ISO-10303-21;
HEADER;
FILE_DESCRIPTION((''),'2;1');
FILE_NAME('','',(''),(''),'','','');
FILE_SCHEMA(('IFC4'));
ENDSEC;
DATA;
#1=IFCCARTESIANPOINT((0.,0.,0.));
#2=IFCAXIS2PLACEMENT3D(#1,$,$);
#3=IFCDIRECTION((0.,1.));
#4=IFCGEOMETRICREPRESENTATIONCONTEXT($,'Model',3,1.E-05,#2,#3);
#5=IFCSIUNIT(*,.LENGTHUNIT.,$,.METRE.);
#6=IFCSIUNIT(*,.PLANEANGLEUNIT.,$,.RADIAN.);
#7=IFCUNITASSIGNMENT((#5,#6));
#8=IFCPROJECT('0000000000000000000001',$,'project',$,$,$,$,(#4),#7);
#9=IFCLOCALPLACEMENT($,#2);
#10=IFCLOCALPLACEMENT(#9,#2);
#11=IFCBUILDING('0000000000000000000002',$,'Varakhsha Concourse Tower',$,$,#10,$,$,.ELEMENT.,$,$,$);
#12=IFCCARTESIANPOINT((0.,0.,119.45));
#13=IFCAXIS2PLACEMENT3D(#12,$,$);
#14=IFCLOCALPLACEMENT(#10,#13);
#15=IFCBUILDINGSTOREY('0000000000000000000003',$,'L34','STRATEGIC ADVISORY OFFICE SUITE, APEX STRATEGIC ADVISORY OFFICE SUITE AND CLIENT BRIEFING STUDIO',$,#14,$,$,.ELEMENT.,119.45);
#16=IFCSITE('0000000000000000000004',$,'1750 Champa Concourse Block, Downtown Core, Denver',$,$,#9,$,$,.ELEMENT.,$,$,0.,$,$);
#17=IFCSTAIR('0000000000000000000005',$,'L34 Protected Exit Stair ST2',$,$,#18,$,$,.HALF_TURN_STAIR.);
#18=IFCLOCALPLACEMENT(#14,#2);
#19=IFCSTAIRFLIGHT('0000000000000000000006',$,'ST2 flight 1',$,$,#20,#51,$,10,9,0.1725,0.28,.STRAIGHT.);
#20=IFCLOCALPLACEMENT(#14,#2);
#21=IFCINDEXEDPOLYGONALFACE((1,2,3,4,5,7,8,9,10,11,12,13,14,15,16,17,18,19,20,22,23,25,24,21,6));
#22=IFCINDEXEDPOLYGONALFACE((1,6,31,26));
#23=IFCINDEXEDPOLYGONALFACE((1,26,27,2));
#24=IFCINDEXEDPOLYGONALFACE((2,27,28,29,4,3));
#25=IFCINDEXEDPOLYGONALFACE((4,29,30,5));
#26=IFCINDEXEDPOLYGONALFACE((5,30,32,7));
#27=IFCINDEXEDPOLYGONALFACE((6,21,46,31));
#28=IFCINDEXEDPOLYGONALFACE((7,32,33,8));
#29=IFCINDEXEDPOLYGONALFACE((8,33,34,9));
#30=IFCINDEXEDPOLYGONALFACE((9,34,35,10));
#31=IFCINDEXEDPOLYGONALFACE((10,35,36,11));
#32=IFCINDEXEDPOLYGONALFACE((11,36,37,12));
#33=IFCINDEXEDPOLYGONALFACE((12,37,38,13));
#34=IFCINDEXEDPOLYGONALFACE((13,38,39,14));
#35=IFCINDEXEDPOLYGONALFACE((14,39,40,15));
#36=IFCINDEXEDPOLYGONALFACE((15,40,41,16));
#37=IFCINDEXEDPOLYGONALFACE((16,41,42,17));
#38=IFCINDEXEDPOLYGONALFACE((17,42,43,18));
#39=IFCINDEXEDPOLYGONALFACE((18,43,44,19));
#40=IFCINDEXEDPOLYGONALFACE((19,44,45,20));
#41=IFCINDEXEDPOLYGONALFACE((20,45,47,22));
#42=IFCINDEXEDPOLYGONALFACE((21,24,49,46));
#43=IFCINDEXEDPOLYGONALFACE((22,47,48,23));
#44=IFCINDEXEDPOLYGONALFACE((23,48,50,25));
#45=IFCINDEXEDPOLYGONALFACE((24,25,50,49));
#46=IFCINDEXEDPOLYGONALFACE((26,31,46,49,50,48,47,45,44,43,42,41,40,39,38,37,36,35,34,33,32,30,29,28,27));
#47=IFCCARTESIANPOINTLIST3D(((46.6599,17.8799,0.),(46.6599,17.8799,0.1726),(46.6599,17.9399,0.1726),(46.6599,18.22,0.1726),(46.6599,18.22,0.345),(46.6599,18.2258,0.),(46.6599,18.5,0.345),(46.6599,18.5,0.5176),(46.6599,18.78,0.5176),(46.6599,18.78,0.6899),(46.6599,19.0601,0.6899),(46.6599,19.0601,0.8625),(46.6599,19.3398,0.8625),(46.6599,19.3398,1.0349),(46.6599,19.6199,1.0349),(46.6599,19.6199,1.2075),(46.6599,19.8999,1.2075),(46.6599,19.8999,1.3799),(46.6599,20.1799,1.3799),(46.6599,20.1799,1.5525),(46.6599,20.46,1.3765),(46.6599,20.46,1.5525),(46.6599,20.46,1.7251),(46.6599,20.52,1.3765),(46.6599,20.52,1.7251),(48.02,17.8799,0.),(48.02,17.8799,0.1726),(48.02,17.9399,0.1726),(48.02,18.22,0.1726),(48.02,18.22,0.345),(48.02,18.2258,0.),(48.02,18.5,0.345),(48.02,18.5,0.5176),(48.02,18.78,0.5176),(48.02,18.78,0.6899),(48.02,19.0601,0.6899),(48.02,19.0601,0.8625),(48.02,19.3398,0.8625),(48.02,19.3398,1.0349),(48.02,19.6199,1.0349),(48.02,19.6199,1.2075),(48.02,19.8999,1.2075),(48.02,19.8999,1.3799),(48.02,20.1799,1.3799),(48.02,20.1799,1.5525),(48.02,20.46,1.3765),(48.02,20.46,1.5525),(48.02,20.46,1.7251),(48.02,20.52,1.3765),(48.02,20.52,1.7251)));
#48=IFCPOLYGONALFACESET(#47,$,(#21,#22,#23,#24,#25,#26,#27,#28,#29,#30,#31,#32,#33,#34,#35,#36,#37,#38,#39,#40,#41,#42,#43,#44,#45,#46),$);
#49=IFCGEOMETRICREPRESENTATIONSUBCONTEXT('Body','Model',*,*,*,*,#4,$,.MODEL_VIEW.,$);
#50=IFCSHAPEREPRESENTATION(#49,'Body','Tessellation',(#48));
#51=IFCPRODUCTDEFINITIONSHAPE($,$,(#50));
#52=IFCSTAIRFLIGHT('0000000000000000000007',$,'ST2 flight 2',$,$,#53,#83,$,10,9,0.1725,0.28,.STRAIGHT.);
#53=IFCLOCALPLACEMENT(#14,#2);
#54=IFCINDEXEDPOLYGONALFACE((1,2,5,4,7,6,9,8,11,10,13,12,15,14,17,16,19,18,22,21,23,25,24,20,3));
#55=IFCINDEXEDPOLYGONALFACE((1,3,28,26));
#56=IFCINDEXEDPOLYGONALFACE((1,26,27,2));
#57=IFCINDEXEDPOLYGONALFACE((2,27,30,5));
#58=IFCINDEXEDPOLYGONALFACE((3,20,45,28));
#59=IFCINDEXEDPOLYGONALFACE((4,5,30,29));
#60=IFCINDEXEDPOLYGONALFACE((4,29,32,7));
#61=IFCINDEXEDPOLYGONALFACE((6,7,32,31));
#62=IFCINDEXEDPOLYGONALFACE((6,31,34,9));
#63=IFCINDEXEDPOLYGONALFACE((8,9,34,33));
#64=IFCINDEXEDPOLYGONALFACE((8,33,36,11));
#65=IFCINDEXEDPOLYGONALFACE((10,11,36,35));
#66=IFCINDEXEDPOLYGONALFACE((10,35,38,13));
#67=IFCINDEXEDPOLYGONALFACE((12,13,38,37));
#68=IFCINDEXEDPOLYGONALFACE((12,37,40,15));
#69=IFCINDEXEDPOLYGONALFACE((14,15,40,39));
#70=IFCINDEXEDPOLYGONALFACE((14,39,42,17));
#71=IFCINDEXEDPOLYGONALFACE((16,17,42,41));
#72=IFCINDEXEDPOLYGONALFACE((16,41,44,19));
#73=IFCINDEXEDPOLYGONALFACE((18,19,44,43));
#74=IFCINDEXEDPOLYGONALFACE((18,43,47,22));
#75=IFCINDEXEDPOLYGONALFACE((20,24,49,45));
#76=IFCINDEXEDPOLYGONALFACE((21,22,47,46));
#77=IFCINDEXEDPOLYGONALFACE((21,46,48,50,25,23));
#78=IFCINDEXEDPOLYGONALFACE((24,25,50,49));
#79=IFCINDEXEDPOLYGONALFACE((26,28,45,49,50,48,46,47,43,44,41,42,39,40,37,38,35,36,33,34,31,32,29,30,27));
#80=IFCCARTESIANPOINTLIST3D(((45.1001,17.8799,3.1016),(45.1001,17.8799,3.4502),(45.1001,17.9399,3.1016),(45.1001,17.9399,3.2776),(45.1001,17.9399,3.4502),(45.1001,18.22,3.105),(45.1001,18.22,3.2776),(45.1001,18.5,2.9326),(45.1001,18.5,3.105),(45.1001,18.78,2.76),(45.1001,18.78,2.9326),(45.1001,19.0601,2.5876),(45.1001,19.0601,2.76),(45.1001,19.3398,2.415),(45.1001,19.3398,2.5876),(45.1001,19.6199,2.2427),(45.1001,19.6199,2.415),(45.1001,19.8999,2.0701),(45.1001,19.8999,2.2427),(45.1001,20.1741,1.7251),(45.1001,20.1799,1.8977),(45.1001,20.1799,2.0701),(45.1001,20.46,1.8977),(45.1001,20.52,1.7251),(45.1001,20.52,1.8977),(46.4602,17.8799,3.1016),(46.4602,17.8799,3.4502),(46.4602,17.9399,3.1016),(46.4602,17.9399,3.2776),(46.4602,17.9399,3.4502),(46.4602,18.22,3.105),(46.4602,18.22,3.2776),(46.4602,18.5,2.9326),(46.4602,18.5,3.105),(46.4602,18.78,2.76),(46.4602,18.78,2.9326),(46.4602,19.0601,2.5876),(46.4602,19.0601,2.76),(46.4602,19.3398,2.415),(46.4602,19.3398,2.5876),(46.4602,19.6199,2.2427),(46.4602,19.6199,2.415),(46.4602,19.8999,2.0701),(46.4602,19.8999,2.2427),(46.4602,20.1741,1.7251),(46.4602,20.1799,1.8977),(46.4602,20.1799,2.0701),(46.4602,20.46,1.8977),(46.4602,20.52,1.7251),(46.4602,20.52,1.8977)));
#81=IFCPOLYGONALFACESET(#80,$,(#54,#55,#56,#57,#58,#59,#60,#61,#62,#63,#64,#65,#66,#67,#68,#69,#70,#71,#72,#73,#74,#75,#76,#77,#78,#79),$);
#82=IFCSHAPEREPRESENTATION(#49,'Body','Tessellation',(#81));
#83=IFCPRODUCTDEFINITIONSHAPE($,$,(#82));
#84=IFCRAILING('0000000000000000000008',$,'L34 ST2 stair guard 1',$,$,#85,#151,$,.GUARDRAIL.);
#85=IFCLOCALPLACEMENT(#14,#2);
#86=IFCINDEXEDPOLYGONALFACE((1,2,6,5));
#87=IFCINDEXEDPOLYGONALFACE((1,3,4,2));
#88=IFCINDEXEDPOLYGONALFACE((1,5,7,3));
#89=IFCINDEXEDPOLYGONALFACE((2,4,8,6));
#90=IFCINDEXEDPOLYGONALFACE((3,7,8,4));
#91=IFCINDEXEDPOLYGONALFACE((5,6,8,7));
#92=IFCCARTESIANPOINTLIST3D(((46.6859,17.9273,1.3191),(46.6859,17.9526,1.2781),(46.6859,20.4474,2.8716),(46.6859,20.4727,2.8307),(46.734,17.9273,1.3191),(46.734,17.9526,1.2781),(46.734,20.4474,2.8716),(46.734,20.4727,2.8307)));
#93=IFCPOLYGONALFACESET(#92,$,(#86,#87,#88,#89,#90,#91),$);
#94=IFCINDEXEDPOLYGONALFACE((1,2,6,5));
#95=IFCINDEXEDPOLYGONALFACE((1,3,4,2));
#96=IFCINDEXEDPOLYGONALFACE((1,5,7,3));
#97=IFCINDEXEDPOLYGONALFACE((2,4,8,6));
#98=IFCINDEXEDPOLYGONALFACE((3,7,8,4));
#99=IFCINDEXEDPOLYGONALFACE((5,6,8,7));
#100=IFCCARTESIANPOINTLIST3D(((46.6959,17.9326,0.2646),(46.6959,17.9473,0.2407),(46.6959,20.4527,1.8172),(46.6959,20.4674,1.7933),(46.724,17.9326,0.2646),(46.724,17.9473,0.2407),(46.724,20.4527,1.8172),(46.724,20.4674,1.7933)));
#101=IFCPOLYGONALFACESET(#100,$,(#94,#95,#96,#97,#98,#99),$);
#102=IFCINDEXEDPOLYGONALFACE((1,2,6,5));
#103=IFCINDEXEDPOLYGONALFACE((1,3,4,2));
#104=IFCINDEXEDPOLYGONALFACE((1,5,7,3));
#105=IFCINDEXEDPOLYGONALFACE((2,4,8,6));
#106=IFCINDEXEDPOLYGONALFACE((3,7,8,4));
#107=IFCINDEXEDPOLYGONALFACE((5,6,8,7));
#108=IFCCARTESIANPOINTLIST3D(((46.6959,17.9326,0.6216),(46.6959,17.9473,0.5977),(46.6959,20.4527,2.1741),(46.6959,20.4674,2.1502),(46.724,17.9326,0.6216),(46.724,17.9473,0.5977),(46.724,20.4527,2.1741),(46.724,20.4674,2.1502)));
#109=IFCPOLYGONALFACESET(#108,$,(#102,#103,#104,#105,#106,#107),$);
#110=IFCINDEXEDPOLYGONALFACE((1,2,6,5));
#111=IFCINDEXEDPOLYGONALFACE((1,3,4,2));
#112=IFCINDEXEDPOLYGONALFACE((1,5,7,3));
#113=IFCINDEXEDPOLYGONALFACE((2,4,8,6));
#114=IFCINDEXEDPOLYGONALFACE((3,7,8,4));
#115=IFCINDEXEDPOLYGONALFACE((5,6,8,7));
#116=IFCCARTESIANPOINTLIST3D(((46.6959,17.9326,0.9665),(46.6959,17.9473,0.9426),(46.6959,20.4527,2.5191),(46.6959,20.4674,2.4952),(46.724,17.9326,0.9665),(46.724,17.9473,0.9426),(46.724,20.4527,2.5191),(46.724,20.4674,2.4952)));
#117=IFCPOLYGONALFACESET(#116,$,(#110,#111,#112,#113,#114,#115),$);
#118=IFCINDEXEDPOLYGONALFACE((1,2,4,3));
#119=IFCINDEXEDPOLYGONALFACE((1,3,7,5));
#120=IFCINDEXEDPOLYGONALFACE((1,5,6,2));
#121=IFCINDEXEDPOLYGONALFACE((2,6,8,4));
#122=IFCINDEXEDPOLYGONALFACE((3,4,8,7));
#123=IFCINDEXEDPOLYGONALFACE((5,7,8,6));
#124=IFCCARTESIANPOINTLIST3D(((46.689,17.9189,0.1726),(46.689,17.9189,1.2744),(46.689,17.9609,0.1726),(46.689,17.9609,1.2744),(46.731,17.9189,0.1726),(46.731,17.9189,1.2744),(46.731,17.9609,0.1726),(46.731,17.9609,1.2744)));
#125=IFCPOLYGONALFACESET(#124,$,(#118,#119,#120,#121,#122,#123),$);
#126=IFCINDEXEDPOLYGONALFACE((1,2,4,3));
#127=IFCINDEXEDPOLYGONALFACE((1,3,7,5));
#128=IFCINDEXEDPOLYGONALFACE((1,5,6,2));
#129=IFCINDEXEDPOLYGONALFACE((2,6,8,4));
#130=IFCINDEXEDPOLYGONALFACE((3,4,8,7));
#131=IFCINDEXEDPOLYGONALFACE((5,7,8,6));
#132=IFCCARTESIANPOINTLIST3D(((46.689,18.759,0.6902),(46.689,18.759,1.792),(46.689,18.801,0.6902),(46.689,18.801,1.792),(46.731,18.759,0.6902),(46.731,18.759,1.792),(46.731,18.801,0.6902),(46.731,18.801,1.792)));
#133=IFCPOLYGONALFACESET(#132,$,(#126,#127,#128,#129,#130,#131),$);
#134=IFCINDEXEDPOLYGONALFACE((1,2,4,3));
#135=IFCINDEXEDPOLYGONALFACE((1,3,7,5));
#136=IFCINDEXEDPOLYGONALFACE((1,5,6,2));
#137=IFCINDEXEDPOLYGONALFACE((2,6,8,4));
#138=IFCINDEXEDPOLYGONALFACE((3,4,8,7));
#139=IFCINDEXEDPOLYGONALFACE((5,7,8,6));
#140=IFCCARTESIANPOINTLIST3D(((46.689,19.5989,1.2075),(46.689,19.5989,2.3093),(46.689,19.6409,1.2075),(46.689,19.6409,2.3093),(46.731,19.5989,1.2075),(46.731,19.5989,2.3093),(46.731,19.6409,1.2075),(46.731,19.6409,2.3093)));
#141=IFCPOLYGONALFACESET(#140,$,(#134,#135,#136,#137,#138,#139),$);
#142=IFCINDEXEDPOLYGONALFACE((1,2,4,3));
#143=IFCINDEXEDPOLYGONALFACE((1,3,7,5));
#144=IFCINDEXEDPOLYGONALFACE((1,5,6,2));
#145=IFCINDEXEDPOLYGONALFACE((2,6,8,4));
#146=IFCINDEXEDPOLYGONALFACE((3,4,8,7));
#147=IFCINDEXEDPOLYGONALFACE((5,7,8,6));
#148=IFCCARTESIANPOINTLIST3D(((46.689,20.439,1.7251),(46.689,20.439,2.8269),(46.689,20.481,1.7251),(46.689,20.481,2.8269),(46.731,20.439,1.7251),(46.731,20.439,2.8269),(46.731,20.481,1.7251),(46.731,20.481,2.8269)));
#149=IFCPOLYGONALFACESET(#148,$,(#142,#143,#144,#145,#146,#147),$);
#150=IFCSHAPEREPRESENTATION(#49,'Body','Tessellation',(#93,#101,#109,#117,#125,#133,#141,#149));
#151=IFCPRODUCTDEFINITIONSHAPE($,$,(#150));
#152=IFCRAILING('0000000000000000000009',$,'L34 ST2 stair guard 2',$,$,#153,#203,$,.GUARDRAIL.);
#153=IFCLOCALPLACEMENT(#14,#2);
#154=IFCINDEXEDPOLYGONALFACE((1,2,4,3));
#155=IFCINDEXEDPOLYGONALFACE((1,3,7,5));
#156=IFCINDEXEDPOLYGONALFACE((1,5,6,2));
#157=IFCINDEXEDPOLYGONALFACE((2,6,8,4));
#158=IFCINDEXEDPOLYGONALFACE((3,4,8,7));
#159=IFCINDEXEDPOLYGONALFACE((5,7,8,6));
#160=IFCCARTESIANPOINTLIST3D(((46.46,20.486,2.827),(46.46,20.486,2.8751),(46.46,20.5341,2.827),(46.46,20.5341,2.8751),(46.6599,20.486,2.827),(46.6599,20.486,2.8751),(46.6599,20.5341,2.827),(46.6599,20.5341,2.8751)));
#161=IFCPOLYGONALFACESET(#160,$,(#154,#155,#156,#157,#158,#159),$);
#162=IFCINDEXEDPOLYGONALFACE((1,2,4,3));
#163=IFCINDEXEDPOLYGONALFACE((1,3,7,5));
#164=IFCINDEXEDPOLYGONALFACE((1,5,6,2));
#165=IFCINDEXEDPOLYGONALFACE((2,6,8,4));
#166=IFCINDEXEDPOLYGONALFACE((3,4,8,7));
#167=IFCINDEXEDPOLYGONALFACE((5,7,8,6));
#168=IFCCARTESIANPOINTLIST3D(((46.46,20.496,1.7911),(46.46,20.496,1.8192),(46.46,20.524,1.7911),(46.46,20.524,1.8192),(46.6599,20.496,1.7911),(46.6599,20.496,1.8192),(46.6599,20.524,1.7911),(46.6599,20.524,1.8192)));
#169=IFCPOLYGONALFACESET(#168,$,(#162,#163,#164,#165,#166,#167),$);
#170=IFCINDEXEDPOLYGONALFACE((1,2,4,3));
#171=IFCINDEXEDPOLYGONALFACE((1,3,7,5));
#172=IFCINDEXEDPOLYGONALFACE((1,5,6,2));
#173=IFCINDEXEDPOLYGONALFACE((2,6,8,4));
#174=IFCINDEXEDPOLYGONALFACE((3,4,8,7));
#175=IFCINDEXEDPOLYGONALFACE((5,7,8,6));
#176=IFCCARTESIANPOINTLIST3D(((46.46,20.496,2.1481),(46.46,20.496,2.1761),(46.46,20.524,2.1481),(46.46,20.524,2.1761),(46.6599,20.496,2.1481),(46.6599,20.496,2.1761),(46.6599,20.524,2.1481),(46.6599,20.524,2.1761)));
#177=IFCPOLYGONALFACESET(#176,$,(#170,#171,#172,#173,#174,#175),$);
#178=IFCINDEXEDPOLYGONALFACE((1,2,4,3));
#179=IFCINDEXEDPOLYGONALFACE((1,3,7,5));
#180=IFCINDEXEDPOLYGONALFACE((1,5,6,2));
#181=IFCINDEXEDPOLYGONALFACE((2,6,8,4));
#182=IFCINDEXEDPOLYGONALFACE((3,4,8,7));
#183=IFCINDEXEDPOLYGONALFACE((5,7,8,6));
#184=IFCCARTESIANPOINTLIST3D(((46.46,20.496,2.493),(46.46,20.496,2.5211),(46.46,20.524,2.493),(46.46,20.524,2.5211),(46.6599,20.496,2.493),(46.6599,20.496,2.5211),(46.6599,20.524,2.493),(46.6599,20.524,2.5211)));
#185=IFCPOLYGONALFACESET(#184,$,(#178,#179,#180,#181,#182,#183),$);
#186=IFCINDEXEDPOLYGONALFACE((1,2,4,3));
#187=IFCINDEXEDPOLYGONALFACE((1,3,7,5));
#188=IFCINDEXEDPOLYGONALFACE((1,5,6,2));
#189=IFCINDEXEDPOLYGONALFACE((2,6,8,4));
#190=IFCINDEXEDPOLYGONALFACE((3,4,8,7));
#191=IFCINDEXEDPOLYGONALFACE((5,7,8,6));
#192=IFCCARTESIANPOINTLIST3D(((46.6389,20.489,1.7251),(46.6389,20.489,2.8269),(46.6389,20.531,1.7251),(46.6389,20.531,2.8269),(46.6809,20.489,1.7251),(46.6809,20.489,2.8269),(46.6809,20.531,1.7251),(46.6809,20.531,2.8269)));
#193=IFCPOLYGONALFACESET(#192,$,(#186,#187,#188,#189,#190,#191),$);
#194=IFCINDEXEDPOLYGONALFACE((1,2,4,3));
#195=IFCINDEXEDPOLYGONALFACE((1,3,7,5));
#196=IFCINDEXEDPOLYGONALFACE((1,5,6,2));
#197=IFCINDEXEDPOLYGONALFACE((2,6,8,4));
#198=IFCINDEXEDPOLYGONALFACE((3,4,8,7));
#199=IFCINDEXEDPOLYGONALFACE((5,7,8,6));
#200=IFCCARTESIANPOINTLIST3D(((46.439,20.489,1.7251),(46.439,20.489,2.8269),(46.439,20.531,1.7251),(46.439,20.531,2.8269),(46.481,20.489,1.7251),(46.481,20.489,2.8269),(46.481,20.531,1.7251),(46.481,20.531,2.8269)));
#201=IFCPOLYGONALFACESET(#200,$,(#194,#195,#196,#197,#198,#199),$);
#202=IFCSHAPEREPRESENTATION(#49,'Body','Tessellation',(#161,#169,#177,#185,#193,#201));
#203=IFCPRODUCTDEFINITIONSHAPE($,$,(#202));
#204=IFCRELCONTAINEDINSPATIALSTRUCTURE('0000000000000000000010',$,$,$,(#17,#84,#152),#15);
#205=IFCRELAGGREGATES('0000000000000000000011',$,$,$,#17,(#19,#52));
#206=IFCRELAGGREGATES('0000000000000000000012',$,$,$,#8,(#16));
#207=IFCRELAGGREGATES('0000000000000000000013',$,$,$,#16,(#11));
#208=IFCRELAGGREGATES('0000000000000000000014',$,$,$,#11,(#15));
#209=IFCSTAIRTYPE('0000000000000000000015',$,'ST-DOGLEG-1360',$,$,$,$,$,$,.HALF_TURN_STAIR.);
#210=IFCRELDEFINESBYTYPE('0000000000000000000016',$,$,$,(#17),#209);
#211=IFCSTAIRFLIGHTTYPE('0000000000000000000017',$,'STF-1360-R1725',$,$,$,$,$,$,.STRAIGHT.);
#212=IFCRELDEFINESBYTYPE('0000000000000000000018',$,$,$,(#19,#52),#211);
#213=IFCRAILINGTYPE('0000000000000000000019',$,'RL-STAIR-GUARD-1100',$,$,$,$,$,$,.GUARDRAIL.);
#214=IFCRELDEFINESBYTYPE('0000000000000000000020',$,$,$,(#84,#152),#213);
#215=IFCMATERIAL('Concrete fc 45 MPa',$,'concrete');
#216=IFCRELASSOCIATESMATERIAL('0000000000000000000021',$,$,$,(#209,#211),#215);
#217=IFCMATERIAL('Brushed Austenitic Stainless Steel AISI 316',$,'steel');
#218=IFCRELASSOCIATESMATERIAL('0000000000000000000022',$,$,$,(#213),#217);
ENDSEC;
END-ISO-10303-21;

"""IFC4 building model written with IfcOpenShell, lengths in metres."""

from ifc_helpers import new_model, si_unit, direction, frame, origin, origin_2d, place, context, subcontext, project, spatial, polyline, rectangle, outline, extrude, material, type_object, element, aggregate, save


model = new_model("IFC4")

# Units and contexts
model_context = context("Model", 3, precision=1e-05, world=origin(), true_north=direction((0.0, 1.0)))
body_context = subcontext(model_context, "Body", "Model", "MODEL_VIEW")
ifc_project = project(units=[si_unit("LENGTHUNIT", "METRE"), si_unit("PLANEANGLEUNIT", "RADIAN")], contexts=[model_context])

# Site, building, storey
site_placement = place(None, origin())
site = spatial("IfcSite", under=ifc_project, at=site_placement, Name="1750 Champa Concourse Block, Downtown Core, Denver", CompositionType="ELEMENT", RefElevation=0.0)
building_placement = place(site_placement, origin())
building = spatial("IfcBuilding", under=site, at=building_placement, Name="Varakhsha Concourse Tower", CompositionType="ELEMENT")
storey_placement = place(building_placement, frame((0.0, 0.0, 119.45)))
storey = spatial("IfcBuildingStorey", under=building, at=storey_placement, Name="L34", Description="STRATEGIC ADVISORY OFFICE SUITE, APEX STRATEGIC ADVISORY OFFICE SUITE AND CLIENT BRIEFING STUDIO", CompositionType="ELEMENT", Elevation=119.45)

# Stair, stair flights
ifc_material_1 = material(Name="Concrete fc 45 MPa", Category="concrete")
stair_type = type_object("IfcStairType", Name="ST-DOGLEG-1360", PredefinedType="HALF_TURN_STAIR", material=ifc_material_1)
stair_placement = place(storey_placement, origin())
stair = element("IfcStair", 1, at=stair_placement, inside=storey, type_object=stair_type, Name="L34 Protected Exit Stair ST2", PredefinedType="HALF_TURN_STAIR")
stair_flight_type = type_object("IfcStairFlightType", Name="STF-1360-R1725", PredefinedType="STRAIGHT", material=ifc_material_1)
stair_flight_1_placement = place(storey_placement, frame((47.3401, 17.9399, 0.0), z_axis=(0.0, 0.0, 1.0), x_axis=(0.0, 1.0, 0.0)))
stair_flight_1 = element("IfcStairFlight", 2, at=stair_flight_1_placement, type_object=stair_flight_type, Name="ST2 flight 1", NumberOfRisers=10, NumberOfTreads=9, PredefinedType="STRAIGHT", RiserHeight=0.1725, TreadLength=0.28, context=body_context, shape_type="SweptSolid", body=[
    extrude(outline(polyline([(-0.0601, 0.0), (-0.0601, 0.1726), (0.0, 0.1726), (0.28, 0.1726), (0.28, 0.345), (0.5601, 0.345), (0.5601, 0.5176), (0.8401, 0.5176), (0.8401, 0.6899), (1.1201, 0.6899), (1.1201, 0.8625), (1.3999, 0.8625), (1.3999, 1.0349), (1.6799, 1.0349), (1.6799, 1.2075), (1.96, 1.2075), (1.96, 1.3799), (2.24, 1.3799), (2.24, 1.5525), (2.52, 1.5525), (2.52, 1.7251), (2.5801, 1.7251), (2.5801, 1.3765), (2.52, 1.3765), (0.2859, 0.0), (-0.0601, 0.0)])), frame((0.0, 0.6802, 0.0), z_axis=(0.0, -1.0, 0.0), x_axis=(1.0, 0.0, 0.0)), (0.0, 0.0, 1.0), 1.3601),
])
stair_flight_2_placement = place(storey_placement, frame((45.78, 20.46, 1.7251), z_axis=(0.0, 0.0, 1.0), x_axis=(0.0, -1.0, 0.0)))
stair_flight_2 = element("IfcStairFlight", 3, at=stair_flight_2_placement, type_object=stair_flight_type, Name="ST2 flight 2", NumberOfRisers=10, NumberOfTreads=9, PredefinedType="STRAIGHT", RiserHeight=0.1725, TreadLength=0.28, context=body_context, shape_type="SweptSolid", body=[
    extrude(outline(polyline([(-0.0601, 0.0), (-0.0601, 0.1726), (0.0, 0.1726), (0.28, 0.1726), (0.28, 0.345), (0.5601, 0.345), (0.5601, 0.5176), (0.8401, 0.5176), (0.8401, 0.6899), (1.1201, 0.6899), (1.1201, 0.8625), (1.3999, 0.8625), (1.3999, 1.0349), (1.6799, 1.0349), (1.6799, 1.2075), (1.96, 1.2075), (1.96, 1.3799), (2.24, 1.3799), (2.24, 1.5525), (2.52, 1.5525), (2.52, 1.7251), (2.5801, 1.7251), (2.5801, 1.3765), (2.52, 1.3765), (0.2859, 0.0), (-0.0601, 0.0)])), frame((0.0, 0.6802, 0.0), z_axis=(0.0, -1.0, 0.0), x_axis=(1.0, 0.0, 0.0)), (0.0, 0.0, 1.0), 1.3601),
])
aggregate(stair, [stair_flight_1, stair_flight_2])

# Railings
ifc_material_2 = material(Name="Brushed Austenitic Stainless Steel AISI 316", Category="steel")
railing_type_1 = type_object("IfcRailingType", Name="RL-STAIR-GUARD-1100", PredefinedType="GUARDRAIL", material=ifc_material_2)
railing_1_placement = place(storey_placement, frame((46.71, 17.9399, 0.1726)))
element("IfcRailing", 4, at=railing_1_placement, inside=storey, type_object=railing_type_1, Name="L34 ST2 stair guard 1", PredefinedType="GUARDRAIL", context=body_context, shape_type="SweptSolid", body=[
    extrude(rectangle(XDim=0.0481, YDim=0.0481, at=origin_2d()), frame((0.0, 0.0, 1.126), z_axis=(0.0, 0.8514, 0.524516), x_axis=(-1.0, 0.0, 0.0)), (0.0, 0.0, 1.0), 2.96),
    extrude(rectangle(XDim=0.0281, YDim=0.0281, at=origin_2d()), frame((0.0, 0.0, 0.0801), z_axis=(0.0, 0.8514, 0.524516), x_axis=(-1.0, 0.0, 0.0)), (0.0, 0.0, 1.0), 2.96),
    extrude(rectangle(XDim=0.0281, YDim=0.0281, at=origin_2d()), frame((0.0, 0.0, 0.437), z_axis=(0.0, 0.8514, 0.524516), x_axis=(-1.0, 0.0, 0.0)), (0.0, 0.0, 1.0), 2.96),
    extrude(rectangle(XDim=0.0281, YDim=0.0281, at=origin_2d()), frame((0.0, 0.0, 0.782), z_axis=(0.0, 0.8514, 0.524516), x_axis=(-1.0, 0.0, 0.0)), (0.0, 0.0, 1.0), 2.96),
    extrude(rectangle(XDim=0.042, YDim=0.042, at=origin_2d()), origin(), (0.0, 0.0, 1.0), 1.1018),
    extrude(rectangle(XDim=0.042, YDim=0.042, at=origin_2d()), frame((0.0, 0.8401, 0.5176)), (0.0, 0.0, 1.0), 1.1018),
    extrude(rectangle(XDim=0.042, YDim=0.042, at=origin_2d()), frame((0.0, 1.6799, 1.0349)), (0.0, 0.0, 1.0), 1.1018),
    extrude(rectangle(XDim=0.042, YDim=0.042, at=origin_2d()), frame((0.0, 2.52, 1.5525)), (0.0, 0.0, 1.0), 1.1018),
])
railing_2_placement = place(storey_placement, frame((46.6599, 20.51, 1.7251)))
element("IfcRailing", 5, at=railing_2_placement, inside=storey, type_object=railing_type_1, Name="L34 ST2 stair guard 2", PredefinedType="GUARDRAIL", context=body_context, shape_type="SweptSolid", body=[
    extrude(rectangle(XDim=0.0481, YDim=0.0481, at=origin_2d()), frame((0.0, 0.0, 1.126), z_axis=(-1.0, 0.0, 0.0), x_axis=(0.0, -1.0, 0.0)), (0.0, 0.0, 1.0), 0.2),
    extrude(rectangle(XDim=0.0281, YDim=0.0281, at=origin_2d()), frame((0.0, 0.0, 0.0801), z_axis=(-1.0, 0.0, 0.0), x_axis=(0.0, -1.0, 0.0)), (0.0, 0.0, 1.0), 0.2),
    extrude(rectangle(XDim=0.0281, YDim=0.0281, at=origin_2d()), frame((0.0, 0.0, 0.437), z_axis=(-1.0, 0.0, 0.0), x_axis=(0.0, -1.0, 0.0)), (0.0, 0.0, 1.0), 0.2),
    extrude(rectangle(XDim=0.0281, YDim=0.0281, at=origin_2d()), frame((0.0, 0.0, 0.782), z_axis=(-1.0, 0.0, 0.0), x_axis=(0.0, -1.0, 0.0)), (0.0, 0.0, 1.0), 0.2),
    extrude(rectangle(XDim=0.042, YDim=0.042, at=origin_2d()), origin(), (0.0, 0.0, 1.0), 1.1018),
    extrude(rectangle(XDim=0.042, YDim=0.042, at=origin_2d()), frame((-0.2, 0.0, 0.0)), (0.0, 0.0, 1.0), 1.1018),
])

save(model, "model.ifc")
